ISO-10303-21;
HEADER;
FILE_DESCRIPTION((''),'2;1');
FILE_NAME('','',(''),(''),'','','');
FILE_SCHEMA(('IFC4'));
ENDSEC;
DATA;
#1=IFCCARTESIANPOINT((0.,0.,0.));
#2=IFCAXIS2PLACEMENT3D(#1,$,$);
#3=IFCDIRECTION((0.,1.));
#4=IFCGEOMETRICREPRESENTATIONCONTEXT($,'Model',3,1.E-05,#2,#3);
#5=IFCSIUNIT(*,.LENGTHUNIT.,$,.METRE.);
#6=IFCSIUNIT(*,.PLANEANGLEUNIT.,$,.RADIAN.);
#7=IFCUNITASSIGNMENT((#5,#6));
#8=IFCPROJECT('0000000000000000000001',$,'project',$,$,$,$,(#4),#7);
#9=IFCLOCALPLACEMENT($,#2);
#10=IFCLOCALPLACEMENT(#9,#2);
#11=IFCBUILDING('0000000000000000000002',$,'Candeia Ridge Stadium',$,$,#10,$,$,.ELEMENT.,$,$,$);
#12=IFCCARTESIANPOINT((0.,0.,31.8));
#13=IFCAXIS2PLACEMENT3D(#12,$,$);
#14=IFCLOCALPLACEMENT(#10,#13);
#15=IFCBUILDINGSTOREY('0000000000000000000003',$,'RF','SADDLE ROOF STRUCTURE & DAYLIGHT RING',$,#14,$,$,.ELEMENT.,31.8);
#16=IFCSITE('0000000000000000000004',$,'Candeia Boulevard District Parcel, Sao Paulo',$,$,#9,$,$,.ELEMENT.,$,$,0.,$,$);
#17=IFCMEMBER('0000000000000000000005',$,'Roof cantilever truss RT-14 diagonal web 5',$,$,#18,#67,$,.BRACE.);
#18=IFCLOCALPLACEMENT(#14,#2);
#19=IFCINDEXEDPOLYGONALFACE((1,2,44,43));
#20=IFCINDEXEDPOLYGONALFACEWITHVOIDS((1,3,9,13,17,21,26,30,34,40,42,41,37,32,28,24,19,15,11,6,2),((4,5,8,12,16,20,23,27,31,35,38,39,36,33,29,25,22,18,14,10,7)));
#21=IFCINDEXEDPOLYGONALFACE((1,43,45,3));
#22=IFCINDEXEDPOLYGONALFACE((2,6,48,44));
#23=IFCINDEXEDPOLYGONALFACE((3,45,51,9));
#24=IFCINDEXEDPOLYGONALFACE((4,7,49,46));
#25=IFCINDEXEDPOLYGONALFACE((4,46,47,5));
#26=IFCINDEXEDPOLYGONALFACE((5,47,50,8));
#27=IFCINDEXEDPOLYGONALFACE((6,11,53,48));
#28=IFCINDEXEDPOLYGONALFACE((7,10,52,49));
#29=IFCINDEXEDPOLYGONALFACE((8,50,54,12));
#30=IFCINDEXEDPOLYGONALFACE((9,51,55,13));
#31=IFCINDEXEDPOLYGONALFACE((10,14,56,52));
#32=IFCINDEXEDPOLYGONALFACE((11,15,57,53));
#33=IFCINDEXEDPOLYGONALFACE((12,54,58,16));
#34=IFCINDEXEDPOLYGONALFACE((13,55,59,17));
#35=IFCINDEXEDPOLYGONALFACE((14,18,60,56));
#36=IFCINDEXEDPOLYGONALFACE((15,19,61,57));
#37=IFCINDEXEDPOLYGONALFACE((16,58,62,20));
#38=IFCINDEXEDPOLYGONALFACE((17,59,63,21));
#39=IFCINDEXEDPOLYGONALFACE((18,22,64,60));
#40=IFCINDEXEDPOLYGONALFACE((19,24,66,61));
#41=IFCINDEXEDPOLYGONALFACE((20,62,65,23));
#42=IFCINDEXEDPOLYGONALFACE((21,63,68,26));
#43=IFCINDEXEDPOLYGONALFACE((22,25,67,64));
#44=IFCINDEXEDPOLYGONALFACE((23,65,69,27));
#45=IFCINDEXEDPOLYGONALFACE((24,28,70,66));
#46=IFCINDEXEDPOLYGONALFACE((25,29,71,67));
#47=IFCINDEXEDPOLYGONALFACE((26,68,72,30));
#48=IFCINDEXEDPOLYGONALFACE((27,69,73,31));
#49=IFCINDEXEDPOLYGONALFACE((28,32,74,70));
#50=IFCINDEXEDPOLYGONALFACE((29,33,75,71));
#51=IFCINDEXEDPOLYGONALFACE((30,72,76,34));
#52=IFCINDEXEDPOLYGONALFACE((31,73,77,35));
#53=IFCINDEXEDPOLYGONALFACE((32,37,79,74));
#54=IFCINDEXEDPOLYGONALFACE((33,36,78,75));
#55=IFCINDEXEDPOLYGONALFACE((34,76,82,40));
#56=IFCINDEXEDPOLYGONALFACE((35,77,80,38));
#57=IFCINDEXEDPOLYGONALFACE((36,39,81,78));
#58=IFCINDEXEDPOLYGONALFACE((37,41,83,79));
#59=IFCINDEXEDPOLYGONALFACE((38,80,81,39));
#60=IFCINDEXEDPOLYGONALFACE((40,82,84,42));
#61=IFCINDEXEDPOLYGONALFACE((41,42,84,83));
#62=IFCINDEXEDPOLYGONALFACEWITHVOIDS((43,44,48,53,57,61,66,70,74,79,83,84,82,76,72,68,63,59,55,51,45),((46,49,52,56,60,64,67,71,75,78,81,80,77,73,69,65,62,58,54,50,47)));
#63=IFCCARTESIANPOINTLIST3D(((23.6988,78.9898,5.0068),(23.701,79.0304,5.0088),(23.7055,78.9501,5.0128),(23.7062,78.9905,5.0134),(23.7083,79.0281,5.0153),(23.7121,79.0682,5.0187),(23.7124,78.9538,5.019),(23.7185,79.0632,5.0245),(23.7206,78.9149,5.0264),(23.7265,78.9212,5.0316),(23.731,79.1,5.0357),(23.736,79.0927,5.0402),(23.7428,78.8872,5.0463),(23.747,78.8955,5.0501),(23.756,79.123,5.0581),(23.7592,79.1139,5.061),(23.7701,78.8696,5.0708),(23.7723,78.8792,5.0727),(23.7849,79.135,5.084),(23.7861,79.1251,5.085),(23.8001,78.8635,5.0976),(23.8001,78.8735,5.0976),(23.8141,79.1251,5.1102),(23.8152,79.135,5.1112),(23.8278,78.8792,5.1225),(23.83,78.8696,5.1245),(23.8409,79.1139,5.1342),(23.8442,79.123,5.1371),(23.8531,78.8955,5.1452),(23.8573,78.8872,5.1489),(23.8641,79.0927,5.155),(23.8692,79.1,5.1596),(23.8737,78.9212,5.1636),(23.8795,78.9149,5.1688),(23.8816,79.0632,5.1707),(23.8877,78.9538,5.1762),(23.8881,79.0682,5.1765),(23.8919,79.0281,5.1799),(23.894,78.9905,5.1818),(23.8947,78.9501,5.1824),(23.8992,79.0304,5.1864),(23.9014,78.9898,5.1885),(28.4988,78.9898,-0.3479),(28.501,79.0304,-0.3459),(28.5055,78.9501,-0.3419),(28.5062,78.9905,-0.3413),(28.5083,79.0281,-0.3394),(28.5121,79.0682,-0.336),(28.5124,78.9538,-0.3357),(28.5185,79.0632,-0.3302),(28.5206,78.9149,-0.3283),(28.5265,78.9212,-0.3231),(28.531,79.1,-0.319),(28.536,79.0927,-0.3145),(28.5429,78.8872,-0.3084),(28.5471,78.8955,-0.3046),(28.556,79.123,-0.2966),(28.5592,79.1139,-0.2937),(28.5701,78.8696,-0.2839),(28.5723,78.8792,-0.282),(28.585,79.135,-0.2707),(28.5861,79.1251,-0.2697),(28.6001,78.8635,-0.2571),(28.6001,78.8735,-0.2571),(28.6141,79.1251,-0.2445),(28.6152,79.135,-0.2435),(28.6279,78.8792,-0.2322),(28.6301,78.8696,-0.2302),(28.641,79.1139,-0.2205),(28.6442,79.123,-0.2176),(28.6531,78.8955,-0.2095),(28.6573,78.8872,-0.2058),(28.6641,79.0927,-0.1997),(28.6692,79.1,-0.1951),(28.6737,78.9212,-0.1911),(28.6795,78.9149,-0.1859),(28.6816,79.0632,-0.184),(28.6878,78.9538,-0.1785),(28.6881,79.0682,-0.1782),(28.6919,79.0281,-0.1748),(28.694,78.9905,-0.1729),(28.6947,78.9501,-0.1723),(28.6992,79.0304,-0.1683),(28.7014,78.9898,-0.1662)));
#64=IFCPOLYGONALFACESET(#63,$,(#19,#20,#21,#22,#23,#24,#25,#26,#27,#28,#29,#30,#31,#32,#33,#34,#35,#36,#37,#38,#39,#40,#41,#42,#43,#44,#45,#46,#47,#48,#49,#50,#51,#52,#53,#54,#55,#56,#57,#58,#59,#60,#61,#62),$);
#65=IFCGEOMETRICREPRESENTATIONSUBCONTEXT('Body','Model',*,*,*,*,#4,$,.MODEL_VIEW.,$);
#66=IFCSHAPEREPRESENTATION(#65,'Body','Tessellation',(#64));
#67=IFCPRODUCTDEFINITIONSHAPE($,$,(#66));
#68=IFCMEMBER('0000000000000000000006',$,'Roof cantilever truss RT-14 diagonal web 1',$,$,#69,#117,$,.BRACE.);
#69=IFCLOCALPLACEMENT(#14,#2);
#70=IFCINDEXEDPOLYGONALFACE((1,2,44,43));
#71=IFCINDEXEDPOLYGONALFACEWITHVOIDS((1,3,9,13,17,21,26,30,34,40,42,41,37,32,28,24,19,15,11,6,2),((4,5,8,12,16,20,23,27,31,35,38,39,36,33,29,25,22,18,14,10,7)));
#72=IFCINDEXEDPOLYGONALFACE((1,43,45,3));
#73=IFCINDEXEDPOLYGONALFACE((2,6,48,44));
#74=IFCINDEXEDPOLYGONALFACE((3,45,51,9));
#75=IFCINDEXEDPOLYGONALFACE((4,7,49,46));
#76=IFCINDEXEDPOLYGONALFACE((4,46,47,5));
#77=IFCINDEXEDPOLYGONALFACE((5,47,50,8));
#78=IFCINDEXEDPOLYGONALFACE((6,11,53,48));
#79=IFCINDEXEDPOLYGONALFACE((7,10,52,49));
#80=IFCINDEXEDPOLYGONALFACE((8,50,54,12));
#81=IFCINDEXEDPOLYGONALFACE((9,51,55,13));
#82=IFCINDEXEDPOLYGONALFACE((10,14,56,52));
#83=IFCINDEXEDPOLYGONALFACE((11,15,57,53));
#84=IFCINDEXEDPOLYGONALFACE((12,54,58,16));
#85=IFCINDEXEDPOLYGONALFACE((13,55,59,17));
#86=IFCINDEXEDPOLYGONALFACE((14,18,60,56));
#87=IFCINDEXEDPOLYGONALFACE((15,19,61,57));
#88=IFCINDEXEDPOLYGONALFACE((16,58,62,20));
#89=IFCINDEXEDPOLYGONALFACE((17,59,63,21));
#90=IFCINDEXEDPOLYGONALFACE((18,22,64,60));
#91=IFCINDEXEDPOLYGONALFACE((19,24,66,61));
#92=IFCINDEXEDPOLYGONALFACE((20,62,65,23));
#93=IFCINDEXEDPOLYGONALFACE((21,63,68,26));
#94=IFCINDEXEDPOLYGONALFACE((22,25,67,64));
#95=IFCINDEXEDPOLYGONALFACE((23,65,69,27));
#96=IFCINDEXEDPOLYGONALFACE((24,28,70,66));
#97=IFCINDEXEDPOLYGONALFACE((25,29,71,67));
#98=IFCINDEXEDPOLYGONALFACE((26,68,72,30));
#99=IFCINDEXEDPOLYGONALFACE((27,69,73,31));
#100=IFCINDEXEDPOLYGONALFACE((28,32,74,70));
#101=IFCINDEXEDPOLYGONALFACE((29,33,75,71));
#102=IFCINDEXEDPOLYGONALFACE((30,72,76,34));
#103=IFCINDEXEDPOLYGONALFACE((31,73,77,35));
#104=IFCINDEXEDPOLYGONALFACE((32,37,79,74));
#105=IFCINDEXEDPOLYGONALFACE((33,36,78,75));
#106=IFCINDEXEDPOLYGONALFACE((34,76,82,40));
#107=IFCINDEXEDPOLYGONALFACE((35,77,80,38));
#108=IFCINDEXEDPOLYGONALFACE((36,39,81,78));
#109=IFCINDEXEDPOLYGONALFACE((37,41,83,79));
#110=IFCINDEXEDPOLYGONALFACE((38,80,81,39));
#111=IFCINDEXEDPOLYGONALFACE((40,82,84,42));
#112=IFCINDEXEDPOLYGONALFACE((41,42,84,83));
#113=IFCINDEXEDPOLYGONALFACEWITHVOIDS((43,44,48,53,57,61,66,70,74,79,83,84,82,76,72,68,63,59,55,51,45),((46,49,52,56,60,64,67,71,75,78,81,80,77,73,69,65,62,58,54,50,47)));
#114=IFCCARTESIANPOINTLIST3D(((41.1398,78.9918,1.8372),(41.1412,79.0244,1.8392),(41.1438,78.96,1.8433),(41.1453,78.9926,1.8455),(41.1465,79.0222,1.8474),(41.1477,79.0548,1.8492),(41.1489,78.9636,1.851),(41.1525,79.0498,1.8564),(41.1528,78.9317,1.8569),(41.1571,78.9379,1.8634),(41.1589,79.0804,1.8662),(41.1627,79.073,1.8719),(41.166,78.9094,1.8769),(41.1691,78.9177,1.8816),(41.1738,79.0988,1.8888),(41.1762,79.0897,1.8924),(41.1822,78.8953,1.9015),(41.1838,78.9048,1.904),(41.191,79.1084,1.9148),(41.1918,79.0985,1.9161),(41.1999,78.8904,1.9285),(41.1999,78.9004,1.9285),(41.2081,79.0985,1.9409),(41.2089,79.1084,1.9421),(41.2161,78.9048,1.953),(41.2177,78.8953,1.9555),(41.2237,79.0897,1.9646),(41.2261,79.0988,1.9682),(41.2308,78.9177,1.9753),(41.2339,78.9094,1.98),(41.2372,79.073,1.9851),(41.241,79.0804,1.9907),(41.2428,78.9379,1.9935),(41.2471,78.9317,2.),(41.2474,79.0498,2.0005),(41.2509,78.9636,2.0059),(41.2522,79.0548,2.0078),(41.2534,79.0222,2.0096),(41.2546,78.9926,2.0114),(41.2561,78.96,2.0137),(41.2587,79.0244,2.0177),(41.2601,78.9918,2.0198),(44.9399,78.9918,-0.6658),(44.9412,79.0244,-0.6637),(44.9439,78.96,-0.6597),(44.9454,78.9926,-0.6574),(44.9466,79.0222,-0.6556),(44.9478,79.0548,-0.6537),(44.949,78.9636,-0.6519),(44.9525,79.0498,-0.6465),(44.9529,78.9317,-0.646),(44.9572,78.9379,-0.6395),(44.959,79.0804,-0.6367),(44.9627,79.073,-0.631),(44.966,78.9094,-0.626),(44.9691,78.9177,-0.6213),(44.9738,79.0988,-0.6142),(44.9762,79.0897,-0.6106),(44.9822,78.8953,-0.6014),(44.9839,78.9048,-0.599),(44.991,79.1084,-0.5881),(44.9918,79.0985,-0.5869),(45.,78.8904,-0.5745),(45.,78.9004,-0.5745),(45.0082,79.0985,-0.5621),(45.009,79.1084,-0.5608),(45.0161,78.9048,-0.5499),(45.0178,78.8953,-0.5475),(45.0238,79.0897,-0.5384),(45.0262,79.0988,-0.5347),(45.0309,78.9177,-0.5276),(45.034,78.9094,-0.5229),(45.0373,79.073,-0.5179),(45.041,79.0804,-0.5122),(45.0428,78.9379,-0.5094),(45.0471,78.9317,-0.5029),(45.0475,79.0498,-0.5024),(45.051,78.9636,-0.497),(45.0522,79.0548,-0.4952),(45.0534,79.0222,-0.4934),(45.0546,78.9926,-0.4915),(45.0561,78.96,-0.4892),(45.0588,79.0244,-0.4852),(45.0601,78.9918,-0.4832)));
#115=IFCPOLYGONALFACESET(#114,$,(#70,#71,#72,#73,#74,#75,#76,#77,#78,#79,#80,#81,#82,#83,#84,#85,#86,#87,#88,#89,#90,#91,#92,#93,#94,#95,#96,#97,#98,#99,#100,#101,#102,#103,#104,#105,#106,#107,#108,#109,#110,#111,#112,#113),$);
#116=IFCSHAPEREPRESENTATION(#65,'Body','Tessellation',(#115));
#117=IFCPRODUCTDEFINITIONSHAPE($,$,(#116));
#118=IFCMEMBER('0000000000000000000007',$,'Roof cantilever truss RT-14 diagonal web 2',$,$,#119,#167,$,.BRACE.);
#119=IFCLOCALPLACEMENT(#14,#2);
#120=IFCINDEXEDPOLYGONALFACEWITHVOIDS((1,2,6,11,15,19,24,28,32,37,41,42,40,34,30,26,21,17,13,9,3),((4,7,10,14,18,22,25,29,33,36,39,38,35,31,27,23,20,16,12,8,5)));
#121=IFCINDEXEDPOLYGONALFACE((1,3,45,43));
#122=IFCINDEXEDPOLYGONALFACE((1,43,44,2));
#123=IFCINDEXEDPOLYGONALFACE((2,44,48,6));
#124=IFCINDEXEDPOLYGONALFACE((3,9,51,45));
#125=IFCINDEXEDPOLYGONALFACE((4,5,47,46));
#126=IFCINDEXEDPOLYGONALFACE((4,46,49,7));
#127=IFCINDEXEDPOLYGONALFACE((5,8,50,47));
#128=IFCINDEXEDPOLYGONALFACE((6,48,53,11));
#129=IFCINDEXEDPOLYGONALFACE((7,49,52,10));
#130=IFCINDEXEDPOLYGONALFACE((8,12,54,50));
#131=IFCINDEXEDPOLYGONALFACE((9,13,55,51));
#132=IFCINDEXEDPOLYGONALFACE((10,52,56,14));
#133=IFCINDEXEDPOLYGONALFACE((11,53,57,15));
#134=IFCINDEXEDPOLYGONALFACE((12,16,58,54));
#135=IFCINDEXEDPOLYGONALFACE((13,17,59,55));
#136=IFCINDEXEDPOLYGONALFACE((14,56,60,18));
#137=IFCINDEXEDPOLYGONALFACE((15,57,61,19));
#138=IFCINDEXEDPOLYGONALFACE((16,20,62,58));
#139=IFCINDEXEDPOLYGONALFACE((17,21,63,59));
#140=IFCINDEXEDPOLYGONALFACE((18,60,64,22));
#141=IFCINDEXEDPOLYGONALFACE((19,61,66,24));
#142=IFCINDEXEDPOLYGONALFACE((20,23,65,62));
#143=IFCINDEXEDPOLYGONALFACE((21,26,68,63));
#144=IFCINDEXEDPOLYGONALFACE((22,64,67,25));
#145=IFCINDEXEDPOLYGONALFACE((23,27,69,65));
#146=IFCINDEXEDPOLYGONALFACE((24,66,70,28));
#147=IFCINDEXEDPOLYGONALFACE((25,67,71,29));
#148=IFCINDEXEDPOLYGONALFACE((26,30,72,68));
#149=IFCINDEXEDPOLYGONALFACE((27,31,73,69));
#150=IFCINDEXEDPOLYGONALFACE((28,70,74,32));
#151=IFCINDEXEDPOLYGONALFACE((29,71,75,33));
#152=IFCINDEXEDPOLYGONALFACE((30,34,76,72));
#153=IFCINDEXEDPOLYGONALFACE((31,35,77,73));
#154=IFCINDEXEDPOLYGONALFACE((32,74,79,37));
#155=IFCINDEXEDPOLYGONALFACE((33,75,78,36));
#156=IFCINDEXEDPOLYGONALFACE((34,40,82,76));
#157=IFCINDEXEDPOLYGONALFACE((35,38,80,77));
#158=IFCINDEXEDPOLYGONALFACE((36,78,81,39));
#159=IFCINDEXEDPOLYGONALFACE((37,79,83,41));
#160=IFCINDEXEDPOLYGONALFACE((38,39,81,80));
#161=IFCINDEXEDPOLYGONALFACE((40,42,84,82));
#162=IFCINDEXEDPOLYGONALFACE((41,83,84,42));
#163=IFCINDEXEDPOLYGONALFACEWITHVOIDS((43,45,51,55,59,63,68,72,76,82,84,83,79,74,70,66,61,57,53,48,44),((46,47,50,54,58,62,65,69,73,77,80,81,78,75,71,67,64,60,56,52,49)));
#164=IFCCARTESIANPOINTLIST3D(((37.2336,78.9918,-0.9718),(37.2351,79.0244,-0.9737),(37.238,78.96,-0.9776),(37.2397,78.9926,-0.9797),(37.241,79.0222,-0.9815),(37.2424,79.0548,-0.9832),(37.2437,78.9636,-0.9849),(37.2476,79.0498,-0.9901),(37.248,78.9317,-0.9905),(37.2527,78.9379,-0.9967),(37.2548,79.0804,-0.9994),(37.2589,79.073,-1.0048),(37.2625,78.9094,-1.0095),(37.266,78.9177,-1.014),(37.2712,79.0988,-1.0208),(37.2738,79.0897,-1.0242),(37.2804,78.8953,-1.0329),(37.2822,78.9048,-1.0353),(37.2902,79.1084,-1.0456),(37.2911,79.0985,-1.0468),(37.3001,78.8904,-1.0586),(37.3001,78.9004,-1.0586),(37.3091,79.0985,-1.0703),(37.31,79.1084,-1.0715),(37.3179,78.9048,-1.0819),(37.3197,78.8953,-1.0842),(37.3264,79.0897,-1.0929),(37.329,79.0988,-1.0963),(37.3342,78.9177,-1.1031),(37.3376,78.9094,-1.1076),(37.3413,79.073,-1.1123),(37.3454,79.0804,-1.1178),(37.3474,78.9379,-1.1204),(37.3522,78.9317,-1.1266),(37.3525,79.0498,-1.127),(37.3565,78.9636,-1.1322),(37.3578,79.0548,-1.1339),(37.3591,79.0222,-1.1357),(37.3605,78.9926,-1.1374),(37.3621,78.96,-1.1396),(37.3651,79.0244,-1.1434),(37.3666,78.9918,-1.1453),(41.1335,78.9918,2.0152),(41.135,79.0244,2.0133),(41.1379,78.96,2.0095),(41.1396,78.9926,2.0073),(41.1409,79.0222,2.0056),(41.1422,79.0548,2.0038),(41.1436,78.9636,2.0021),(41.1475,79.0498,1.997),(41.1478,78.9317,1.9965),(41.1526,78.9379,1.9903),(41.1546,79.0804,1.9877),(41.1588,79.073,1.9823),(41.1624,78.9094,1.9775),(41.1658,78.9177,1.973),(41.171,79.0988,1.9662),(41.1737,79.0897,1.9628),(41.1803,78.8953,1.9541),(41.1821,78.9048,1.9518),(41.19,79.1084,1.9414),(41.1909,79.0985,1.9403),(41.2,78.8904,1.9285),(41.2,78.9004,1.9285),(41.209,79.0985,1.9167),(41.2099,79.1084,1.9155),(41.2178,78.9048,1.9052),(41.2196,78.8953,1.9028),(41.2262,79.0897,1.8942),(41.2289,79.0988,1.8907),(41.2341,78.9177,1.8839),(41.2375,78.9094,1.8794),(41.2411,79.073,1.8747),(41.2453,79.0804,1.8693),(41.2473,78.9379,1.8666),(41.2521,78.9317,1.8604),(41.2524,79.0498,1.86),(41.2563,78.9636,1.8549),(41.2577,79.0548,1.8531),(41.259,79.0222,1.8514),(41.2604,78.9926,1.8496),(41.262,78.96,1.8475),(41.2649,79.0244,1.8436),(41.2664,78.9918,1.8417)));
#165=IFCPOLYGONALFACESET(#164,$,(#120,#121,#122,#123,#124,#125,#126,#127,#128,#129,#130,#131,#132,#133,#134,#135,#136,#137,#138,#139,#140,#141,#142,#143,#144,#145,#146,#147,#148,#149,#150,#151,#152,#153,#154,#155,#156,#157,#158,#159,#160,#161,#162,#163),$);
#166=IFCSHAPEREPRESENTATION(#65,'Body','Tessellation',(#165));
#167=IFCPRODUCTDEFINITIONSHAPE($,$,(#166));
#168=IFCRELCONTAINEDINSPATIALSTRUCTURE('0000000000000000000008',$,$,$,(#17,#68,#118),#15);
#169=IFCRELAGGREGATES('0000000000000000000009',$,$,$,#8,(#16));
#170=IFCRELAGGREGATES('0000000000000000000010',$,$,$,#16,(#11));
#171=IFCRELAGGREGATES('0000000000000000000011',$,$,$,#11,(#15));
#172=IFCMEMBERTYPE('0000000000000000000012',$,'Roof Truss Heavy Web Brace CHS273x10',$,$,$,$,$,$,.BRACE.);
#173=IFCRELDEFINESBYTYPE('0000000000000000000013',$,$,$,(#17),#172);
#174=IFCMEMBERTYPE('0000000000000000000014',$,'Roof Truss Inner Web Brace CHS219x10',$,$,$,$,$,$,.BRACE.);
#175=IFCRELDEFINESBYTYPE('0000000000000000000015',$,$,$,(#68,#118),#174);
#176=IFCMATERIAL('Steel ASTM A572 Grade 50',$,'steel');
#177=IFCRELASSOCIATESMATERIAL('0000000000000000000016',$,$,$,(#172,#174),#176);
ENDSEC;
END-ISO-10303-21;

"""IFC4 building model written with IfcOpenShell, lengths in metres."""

from ifc_helpers import new_model, si_unit, direction, frame, origin, origin_2d, place, context, subcontext, project, spatial, hollow_circle, extrude, material, material_profile, profile_set, type_object, element, save


model = new_model("IFC4")

# Units and contexts
model_context = context("Model", 3, precision=1e-05, world=origin(), true_north=direction((0.0, 1.0)))
body_context = subcontext(model_context, "Body", "Model", "MODEL_VIEW")
ifc_project = project(units=[si_unit("LENGTHUNIT", "METRE"), si_unit("PLANEANGLEUNIT", "RADIAN")], contexts=[model_context])

# Site, building, storey
site_placement = place(None, origin())
site = spatial("IfcSite", under=ifc_project, at=site_placement, Name="Candeia Boulevard District Parcel, Sao Paulo", CompositionType="ELEMENT", RefElevation=0.0)
building_placement = place(site_placement, origin())
building = spatial("IfcBuilding", under=site, at=building_placement, Name="Candeia Ridge Stadium", CompositionType="ELEMENT")
storey_placement = place(building_placement, frame((0.0, 0.0, 31.8)))
storey = spatial("IfcBuildingStorey", under=building, at=storey_placement, Name="RF", Description="SADDLE ROOF STRUCTURE & DAYLIGHT RING", CompositionType="ELEMENT", Elevation=31.8)

# Shared definitions
ifc_material_1 = material(Name="Steel ASTM A572 Grade 50", Category="steel")

# Members
ifc_material_profile_1 = material_profile(ifc_material_1, hollow_circle(Radius=0.1365, WallThickness=0.01, at=origin_2d()), Name="CHS273x10", Category="steel")
ifc_profile_set_1 = profile_set([ifc_material_profile_1], Name="Steel ASTM A572 Grade 50")
member_type_1 = type_object("IfcMemberType", Name="Roof Truss Heavy Web Brace CHS273x10", PredefinedType="BRACE", material=ifc_profile_set_1)
member_1_placement = place(storey_placement, frame((28.6001, 79.0, -0.2571), z_axis=(-0.667487, 0.0, 0.744621), x_axis=(0.0, -1.0, 0.0)))
element("IfcMember", 1, at=member_1_placement, inside=storey, type_object=member_type_1, Name="Roof cantilever truss RT-14 diagonal web 5", PredefinedType="BRACE", context=body_context, shape_type="SweptSolid", body=[
    extrude(hollow_circle(Radius=0.1365, WallThickness=0.01, at=origin_2d()), origin(), (0.0, 0.0, 1.0), 7.1912),
])
ifc_material_profile_2 = material_profile(ifc_material_1, hollow_circle(Radius=0.1096, WallThickness=0.01, at=origin_2d()), Name="CHS219x10", Category="steel")
ifc_profile_set_2 = profile_set([ifc_material_profile_2], Name="Steel ASTM A572 Grade 50")
member_type_2 = type_object("IfcMemberType", Name="Roof Truss Inner Web Brace CHS219x10", PredefinedType="BRACE", material=ifc_profile_set_2)
member_2_placement = place(storey_placement, frame((45.0, 79.0, -0.5745), z_axis=(-0.835125, 0.0, 0.550061), x_axis=(0.0, -1.0, 0.0)))
element("IfcMember", 2, at=member_2_placement, inside=storey, type_object=member_type_2, Name="Roof cantilever truss RT-14 diagonal web 1", PredefinedType="BRACE", context=body_context, shape_type="SweptSolid", body=[
    extrude(hollow_circle(Radius=0.1096, WallThickness=0.01, at=origin_2d()), origin(), (0.0, 0.0, 1.0), 4.5503),
])
member_3_placement = place(storey_placement, frame((41.2, 79.0, 1.9285), z_axis=(-0.793888, 0.0, -0.608064), x_axis=(0.0, -1.0, 0.0)))
element("IfcMember", 3, at=member_3_placement, inside=storey, type_object=member_type_2, Name="Roof cantilever truss RT-14 diagonal web 2", PredefinedType="BRACE", context=body_context, shape_type="SweptSolid", body=[
    extrude(hollow_circle(Radius=0.1096, WallThickness=0.01, at=origin_2d()), origin(), (0.0, 0.0, 1.0), 4.9124),
])

save(model, "model.ifc")
